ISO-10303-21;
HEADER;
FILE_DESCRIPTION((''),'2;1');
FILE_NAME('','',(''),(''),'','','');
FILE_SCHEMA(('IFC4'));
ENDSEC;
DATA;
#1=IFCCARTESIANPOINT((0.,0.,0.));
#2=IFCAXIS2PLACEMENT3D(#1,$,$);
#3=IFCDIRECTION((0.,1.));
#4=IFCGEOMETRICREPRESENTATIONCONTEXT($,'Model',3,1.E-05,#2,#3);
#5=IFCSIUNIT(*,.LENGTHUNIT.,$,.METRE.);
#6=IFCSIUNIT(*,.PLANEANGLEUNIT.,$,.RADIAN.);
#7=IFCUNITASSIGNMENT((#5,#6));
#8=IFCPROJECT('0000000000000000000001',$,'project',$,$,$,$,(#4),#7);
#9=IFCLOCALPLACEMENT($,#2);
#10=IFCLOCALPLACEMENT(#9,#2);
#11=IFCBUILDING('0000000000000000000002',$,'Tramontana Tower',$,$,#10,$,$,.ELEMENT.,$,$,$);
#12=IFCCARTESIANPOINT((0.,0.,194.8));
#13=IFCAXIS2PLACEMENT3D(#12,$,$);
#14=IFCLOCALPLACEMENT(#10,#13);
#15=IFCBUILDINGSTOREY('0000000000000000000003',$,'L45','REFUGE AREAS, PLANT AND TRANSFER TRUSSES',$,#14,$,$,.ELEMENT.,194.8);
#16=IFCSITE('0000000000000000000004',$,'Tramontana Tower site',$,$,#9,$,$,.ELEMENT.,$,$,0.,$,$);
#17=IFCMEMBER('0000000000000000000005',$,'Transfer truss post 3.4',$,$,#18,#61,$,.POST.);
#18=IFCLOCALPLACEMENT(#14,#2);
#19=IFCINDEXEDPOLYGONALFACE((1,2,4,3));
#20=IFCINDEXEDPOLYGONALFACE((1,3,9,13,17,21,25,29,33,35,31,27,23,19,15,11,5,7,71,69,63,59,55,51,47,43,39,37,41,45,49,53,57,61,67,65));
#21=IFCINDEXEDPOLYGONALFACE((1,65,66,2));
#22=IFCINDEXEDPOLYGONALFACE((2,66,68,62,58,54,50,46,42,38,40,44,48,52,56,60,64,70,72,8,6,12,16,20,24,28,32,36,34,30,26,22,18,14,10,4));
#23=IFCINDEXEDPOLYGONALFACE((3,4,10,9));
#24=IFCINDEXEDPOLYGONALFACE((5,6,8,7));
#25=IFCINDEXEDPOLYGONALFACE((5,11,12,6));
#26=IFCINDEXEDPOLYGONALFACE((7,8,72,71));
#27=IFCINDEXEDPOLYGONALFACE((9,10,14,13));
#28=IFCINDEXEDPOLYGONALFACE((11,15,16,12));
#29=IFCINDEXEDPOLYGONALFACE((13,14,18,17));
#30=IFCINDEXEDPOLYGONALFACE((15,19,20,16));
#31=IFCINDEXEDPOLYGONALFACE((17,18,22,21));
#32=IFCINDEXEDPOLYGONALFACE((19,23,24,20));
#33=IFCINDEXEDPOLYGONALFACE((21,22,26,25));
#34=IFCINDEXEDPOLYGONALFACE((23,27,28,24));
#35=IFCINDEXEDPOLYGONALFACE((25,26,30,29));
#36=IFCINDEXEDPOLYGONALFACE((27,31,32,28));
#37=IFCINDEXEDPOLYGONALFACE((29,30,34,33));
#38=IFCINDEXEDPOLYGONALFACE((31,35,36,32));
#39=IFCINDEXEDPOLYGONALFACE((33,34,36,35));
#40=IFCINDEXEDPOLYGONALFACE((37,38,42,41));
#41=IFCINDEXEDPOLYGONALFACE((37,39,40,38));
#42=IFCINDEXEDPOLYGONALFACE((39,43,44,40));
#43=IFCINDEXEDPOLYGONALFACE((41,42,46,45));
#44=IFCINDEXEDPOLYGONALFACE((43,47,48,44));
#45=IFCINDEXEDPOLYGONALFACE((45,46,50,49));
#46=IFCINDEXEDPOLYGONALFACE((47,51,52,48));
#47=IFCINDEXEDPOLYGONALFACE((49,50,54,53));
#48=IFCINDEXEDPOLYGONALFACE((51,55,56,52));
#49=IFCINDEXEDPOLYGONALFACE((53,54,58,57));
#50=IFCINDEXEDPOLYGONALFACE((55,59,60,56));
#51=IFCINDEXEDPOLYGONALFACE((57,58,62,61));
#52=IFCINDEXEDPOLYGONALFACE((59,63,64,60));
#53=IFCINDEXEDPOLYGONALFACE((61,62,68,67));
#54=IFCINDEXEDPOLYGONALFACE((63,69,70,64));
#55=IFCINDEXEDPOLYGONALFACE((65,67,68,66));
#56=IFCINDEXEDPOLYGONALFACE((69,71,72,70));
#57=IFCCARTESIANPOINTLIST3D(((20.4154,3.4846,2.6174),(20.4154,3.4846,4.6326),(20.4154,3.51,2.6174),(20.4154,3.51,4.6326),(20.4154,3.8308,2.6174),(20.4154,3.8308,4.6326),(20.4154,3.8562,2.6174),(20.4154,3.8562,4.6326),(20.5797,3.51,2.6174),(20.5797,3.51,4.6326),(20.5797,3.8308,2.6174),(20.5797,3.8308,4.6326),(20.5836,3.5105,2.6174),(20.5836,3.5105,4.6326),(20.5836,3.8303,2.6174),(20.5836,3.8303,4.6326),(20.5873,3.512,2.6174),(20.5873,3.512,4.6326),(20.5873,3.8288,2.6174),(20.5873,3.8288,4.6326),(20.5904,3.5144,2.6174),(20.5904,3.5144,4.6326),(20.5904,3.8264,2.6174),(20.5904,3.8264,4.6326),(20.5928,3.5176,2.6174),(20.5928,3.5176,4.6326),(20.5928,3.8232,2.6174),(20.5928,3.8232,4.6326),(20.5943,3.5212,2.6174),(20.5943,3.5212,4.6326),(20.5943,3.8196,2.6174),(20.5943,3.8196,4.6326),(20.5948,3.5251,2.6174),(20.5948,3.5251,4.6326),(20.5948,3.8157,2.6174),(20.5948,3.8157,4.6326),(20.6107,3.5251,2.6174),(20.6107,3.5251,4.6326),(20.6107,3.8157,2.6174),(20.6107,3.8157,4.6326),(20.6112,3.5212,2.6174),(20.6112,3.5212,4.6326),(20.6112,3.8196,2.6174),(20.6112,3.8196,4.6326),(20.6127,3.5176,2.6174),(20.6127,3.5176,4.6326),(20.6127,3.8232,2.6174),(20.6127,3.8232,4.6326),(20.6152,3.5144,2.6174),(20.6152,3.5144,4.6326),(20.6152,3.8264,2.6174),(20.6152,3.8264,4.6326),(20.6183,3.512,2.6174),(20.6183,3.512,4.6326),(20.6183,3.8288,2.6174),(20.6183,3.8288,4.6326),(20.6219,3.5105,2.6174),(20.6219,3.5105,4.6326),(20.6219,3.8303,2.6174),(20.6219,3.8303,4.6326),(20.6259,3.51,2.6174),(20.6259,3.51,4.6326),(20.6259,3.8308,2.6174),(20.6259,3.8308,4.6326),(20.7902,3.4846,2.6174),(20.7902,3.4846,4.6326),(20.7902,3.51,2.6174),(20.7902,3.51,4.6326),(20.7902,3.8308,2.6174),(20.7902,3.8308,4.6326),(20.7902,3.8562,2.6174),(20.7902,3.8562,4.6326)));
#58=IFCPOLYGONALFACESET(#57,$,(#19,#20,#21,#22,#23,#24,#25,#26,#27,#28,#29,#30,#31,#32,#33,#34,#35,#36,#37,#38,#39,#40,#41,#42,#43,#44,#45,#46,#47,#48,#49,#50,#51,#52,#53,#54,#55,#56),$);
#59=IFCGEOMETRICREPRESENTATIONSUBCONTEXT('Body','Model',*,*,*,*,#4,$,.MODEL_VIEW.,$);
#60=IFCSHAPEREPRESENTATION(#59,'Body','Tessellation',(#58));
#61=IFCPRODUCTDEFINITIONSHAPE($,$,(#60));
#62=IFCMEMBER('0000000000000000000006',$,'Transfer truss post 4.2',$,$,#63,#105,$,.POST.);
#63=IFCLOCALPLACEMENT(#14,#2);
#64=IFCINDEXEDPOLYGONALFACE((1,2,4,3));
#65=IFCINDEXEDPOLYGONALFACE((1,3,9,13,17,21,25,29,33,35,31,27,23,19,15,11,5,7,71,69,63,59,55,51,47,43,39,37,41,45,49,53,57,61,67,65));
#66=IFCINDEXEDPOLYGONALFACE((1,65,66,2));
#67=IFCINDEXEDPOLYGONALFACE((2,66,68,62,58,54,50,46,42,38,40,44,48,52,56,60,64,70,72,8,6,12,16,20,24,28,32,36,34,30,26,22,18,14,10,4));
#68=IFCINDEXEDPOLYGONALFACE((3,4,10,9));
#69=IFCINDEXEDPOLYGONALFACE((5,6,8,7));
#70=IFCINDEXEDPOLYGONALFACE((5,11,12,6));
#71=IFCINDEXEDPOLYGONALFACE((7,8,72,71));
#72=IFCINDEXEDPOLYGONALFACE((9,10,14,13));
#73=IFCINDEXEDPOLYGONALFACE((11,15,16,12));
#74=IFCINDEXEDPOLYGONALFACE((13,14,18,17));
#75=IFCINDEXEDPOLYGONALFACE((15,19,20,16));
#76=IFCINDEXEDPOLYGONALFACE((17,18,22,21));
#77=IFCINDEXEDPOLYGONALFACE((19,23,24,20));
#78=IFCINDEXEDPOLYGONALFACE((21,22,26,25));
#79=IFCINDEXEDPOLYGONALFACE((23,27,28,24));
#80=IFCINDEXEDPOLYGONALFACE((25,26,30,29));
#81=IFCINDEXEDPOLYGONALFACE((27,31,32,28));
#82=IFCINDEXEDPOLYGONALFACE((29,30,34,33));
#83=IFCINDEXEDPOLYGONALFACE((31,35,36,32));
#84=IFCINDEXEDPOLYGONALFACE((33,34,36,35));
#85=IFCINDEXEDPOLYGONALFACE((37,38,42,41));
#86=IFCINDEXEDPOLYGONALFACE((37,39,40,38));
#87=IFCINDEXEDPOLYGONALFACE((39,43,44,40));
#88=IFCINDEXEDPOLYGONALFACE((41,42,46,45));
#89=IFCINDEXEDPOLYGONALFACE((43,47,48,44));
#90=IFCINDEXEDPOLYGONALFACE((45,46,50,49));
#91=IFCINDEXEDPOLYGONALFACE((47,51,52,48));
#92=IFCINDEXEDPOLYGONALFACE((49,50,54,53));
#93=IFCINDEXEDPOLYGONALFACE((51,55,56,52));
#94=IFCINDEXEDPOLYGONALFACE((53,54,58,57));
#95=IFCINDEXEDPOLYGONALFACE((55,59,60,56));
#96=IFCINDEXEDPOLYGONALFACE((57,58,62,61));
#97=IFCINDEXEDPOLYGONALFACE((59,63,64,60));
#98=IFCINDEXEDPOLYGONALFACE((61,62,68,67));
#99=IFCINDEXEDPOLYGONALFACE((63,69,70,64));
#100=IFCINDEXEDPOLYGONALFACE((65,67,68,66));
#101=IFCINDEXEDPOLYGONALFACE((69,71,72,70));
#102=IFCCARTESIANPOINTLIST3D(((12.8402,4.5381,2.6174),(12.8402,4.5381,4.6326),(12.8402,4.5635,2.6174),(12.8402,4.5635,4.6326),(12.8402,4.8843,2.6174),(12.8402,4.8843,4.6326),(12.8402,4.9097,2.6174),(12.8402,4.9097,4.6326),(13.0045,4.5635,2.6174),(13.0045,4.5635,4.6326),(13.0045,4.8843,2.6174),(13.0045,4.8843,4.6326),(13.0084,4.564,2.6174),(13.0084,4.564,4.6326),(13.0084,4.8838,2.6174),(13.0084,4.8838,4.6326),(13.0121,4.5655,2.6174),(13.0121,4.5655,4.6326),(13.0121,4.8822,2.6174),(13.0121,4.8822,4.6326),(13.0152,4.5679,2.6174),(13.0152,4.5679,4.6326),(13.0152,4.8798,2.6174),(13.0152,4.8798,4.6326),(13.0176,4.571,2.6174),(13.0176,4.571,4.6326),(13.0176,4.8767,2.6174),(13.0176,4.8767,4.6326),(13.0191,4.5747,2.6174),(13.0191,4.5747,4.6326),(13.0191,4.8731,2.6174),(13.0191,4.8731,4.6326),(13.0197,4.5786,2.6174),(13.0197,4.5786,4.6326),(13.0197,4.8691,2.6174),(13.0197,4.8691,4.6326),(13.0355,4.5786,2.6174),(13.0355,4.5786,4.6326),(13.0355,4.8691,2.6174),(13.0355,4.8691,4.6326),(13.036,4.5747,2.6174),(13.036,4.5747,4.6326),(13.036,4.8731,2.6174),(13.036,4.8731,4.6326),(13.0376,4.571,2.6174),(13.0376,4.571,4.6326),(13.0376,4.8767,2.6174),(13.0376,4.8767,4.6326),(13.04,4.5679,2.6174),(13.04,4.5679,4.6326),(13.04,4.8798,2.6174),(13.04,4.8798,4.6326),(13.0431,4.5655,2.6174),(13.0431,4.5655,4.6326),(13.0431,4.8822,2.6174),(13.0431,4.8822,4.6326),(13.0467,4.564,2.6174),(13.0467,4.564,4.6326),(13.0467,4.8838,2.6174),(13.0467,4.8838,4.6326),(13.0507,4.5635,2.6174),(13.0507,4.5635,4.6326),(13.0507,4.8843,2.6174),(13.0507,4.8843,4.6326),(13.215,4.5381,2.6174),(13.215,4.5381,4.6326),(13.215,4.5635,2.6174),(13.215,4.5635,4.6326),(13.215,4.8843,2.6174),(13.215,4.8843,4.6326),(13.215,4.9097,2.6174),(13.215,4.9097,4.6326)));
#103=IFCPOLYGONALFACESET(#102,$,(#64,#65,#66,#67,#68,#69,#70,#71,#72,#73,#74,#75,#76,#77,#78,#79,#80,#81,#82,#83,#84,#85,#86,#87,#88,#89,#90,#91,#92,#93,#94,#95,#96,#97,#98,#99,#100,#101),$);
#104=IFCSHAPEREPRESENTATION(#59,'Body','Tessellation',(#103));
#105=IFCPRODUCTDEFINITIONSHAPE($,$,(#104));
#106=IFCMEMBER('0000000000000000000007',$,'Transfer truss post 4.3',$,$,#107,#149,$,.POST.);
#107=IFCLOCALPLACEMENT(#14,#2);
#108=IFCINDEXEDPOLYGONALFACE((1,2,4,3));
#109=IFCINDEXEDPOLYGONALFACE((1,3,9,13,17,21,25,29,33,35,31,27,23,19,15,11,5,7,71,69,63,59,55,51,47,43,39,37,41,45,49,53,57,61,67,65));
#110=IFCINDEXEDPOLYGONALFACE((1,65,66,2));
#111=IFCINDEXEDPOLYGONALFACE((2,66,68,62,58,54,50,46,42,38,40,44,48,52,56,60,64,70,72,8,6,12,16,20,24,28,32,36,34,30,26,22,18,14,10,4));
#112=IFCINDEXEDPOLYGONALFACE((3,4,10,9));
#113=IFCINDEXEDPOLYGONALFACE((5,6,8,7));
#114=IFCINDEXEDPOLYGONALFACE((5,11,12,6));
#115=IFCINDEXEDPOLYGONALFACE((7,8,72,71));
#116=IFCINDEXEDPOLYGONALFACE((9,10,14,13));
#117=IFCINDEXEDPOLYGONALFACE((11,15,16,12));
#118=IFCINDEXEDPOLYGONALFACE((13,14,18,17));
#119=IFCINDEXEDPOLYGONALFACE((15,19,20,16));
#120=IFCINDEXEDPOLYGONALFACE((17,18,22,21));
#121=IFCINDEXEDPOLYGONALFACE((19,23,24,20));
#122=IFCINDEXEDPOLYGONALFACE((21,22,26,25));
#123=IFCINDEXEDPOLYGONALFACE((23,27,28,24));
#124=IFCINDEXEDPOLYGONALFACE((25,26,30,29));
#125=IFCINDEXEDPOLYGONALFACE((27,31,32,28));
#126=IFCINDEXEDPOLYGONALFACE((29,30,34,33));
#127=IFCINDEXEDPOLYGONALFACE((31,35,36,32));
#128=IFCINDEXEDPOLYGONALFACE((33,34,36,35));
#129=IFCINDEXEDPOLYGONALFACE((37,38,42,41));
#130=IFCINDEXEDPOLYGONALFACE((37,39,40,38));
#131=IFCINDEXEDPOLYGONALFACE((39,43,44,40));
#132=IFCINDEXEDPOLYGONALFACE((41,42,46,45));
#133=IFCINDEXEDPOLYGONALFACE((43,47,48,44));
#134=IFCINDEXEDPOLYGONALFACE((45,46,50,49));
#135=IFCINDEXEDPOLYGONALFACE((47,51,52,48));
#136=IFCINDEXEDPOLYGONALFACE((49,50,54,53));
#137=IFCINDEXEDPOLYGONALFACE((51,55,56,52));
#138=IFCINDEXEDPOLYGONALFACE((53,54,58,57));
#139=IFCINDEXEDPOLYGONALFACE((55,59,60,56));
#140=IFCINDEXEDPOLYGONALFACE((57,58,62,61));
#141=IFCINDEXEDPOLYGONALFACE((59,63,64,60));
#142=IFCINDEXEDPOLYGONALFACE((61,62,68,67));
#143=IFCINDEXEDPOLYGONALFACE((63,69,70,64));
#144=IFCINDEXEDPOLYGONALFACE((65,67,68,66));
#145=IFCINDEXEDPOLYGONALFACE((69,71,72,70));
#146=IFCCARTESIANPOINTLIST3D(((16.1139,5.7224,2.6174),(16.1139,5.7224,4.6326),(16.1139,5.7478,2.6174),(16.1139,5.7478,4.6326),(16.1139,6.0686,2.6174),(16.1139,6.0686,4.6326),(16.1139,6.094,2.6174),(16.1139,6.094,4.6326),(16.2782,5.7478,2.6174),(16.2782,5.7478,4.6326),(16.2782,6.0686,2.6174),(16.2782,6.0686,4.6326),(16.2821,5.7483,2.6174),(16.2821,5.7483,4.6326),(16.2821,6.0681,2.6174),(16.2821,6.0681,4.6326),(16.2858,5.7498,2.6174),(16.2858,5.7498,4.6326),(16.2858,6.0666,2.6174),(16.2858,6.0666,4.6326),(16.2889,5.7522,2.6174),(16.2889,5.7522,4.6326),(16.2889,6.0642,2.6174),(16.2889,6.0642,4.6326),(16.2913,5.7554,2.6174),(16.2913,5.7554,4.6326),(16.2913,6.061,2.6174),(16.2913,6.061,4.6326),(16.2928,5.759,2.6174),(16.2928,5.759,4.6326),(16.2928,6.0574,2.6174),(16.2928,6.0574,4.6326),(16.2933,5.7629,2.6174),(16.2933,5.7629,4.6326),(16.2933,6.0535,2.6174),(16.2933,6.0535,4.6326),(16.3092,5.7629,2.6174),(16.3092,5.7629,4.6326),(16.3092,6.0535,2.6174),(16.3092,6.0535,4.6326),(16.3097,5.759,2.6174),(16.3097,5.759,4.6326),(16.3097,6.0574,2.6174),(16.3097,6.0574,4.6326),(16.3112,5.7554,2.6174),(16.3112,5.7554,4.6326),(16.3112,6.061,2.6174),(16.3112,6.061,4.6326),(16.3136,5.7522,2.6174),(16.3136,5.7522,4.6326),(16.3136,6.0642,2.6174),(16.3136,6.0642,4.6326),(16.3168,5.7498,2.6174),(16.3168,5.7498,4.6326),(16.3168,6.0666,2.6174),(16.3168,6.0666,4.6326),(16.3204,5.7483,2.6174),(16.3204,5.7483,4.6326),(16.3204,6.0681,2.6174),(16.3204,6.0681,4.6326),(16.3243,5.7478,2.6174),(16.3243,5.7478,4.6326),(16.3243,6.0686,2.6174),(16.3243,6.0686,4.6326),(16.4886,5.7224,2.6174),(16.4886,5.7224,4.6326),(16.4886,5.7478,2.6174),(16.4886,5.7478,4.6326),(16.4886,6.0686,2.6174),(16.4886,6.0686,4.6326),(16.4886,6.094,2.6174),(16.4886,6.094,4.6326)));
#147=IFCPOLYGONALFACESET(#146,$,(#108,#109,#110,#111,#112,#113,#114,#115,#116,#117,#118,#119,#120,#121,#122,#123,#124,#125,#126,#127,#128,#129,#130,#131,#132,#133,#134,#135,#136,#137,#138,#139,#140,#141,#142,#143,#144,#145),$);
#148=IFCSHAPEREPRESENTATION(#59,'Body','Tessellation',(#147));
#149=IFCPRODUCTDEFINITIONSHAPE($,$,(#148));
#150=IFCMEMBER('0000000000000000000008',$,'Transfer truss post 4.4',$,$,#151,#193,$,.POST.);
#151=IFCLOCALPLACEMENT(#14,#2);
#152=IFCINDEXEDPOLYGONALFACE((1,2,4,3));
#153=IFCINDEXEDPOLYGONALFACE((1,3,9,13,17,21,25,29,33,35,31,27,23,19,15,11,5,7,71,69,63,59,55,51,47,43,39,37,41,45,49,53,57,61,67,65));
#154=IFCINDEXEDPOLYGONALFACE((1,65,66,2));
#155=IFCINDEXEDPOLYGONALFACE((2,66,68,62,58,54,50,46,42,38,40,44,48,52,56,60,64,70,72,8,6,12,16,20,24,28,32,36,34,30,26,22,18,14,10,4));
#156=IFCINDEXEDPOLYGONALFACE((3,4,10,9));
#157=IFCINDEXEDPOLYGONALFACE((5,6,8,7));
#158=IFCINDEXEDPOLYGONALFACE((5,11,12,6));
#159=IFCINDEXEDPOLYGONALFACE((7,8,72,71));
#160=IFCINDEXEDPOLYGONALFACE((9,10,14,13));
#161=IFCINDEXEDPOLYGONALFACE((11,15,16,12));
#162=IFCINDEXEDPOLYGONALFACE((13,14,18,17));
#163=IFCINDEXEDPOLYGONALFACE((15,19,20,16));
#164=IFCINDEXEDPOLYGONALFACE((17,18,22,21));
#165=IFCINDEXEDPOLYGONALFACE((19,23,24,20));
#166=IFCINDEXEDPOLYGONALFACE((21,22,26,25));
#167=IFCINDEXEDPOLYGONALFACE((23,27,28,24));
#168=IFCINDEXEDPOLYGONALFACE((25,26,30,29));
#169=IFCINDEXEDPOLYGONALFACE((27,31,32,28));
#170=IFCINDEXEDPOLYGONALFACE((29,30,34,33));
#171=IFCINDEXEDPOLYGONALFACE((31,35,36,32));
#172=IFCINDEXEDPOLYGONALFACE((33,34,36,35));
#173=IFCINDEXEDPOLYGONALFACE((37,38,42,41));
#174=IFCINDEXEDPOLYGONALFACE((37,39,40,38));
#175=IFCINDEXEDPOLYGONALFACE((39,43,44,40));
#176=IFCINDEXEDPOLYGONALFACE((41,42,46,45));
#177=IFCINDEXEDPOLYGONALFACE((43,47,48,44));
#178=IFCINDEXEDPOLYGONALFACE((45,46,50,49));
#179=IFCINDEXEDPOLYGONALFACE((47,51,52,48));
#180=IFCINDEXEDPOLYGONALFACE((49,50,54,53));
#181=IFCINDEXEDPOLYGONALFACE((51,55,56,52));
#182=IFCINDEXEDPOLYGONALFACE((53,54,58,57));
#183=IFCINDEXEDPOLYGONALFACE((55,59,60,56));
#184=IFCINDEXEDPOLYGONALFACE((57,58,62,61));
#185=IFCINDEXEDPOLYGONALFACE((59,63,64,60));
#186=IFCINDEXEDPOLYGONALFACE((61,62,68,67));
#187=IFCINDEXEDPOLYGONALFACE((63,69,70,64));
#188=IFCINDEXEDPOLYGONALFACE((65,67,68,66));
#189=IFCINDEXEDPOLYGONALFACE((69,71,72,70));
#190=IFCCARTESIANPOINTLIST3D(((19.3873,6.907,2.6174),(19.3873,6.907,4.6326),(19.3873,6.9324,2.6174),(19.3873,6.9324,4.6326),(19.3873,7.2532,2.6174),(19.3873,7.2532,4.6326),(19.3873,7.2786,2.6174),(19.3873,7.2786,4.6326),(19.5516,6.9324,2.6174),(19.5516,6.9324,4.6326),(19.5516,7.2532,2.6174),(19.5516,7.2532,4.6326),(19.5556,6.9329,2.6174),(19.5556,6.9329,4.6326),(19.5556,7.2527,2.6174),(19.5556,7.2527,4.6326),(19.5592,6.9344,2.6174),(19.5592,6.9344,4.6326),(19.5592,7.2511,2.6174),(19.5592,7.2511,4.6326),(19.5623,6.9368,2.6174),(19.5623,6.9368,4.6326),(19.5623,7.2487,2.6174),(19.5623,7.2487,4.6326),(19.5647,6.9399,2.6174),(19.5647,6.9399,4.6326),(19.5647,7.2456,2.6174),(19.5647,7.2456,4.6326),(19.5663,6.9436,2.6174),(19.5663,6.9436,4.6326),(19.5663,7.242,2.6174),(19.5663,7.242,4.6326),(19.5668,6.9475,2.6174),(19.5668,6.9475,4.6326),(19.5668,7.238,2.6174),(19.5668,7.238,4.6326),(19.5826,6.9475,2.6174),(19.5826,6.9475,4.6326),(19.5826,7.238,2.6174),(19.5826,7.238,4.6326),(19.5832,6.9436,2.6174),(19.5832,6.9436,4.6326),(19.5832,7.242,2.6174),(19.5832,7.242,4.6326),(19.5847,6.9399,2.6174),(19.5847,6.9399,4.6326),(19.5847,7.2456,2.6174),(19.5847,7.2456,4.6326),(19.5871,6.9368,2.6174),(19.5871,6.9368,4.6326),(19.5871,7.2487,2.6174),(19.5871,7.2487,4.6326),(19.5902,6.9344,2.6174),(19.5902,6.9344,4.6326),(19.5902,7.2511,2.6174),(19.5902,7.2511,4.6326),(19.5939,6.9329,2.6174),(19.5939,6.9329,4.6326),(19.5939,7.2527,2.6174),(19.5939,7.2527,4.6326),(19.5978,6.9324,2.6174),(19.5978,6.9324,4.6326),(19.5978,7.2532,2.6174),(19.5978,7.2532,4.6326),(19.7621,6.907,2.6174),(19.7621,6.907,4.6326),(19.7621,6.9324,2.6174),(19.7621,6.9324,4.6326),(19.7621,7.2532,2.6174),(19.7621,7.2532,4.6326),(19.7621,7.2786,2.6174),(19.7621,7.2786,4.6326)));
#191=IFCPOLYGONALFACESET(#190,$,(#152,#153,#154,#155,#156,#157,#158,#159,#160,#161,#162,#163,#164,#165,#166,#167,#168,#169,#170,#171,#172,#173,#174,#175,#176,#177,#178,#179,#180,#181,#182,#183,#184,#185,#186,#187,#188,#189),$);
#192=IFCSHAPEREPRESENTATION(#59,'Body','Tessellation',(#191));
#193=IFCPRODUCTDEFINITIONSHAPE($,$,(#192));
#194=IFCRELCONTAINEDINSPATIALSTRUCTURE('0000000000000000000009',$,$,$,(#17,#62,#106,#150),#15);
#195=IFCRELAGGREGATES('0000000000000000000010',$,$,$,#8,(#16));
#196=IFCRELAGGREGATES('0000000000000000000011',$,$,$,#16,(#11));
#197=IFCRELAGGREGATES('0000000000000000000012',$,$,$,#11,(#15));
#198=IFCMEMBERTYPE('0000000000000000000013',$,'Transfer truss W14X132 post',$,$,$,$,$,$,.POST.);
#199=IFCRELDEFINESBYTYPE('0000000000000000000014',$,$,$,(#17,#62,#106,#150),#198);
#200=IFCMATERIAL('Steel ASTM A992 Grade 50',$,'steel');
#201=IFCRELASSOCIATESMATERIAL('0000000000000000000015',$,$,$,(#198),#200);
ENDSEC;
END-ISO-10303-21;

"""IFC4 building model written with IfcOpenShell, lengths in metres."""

from ifc_helpers import new_model, si_unit, direction, frame, origin, origin_2d, place, context, subcontext, project, spatial, i_section, extrude, material, material_profile, profile_set, type_object, element, save


model = new_model("IFC4")

# Units and contexts
model_context = context("Model", 3, precision=1e-05, world=origin(), true_north=direction((0.0, 1.0)))
body_context = subcontext(model_context, "Body", "Model", "MODEL_VIEW")
ifc_project = project(units=[si_unit("LENGTHUNIT", "METRE"), si_unit("PLANEANGLEUNIT", "RADIAN")], contexts=[model_context])

# Site, building, storey
site_placement = place(None, origin())
site = spatial("IfcSite", under=ifc_project, at=site_placement, Name="Tramontana Tower site", CompositionType="ELEMENT", RefElevation=0.0)
building_placement = place(site_placement, origin())
building = spatial("IfcBuilding", under=site, at=building_placement, Name="Tramontana Tower", CompositionType="ELEMENT")
storey_placement = place(building_placement, frame((0.0, 0.0, 194.8)))
storey = spatial("IfcBuildingStorey", under=building, at=storey_placement, Name="L45", Description="REFUGE AREAS, PLANT AND TRANSFER TRUSSES", CompositionType="ELEMENT", Elevation=194.8)

# Members
ifc_material_1 = material(Name="Steel ASTM A992 Grade 50", Category="steel")
ifc_material_profile_1 = material_profile(ifc_material_1, i_section(OverallWidth=0.3748, OverallDepth=0.3716, WebThickness=0.0159, FlangeThickness=0.0254, FilletRadius=0.0151, at=origin_2d()), Name="W14X132")
ifc_profile_set_1 = profile_set([ifc_material_profile_1], Name="Steel ASTM A992 Grade 50")
member_type_1 = type_object("IfcMemberType", Name="Transfer truss W14X132 post", PredefinedType="POST", material=ifc_profile_set_1)
for number, where, z_axis, x_axis, name in (
    (1, (20.6028, 3.6704, 2.6174), (0.0, 0.0, 1.0), (1.0, 0.0, 0.0), "Transfer truss post 3.4"),
    (2, (13.0276, 4.7239, 2.6174), (0.0, 0.0, 1.0), (1.0, 0.0, 0.0), "Transfer truss post 4.2"),
    (3, (16.3013, 5.9082, 2.6174), (0.0, 0.0, 1.0), (1.0, 0.0, 0.0), "Transfer truss post 4.3"),
    (4, (19.5747, 7.0928, 2.6174), (0.0, 0.0, 1.0), (1.0, 0.0, 0.0), "Transfer truss post 4.4"),
):
    element("IfcMember", number, at=place(storey_placement, frame(where, z_axis=z_axis, x_axis=x_axis)), inside=storey, type_object=member_type_1, Name=name, PredefinedType="POST", context=body_context, shape_type="SweptSolid", body=[
        extrude(i_section(OverallWidth=0.3748, OverallDepth=0.3716, WebThickness=0.0159, FlangeThickness=0.0254, FilletRadius=0.0151, at=origin_2d()), origin(), (0.0, 0.0, 1.0), 2.0151),
    ])

save(model, "model.ifc")
